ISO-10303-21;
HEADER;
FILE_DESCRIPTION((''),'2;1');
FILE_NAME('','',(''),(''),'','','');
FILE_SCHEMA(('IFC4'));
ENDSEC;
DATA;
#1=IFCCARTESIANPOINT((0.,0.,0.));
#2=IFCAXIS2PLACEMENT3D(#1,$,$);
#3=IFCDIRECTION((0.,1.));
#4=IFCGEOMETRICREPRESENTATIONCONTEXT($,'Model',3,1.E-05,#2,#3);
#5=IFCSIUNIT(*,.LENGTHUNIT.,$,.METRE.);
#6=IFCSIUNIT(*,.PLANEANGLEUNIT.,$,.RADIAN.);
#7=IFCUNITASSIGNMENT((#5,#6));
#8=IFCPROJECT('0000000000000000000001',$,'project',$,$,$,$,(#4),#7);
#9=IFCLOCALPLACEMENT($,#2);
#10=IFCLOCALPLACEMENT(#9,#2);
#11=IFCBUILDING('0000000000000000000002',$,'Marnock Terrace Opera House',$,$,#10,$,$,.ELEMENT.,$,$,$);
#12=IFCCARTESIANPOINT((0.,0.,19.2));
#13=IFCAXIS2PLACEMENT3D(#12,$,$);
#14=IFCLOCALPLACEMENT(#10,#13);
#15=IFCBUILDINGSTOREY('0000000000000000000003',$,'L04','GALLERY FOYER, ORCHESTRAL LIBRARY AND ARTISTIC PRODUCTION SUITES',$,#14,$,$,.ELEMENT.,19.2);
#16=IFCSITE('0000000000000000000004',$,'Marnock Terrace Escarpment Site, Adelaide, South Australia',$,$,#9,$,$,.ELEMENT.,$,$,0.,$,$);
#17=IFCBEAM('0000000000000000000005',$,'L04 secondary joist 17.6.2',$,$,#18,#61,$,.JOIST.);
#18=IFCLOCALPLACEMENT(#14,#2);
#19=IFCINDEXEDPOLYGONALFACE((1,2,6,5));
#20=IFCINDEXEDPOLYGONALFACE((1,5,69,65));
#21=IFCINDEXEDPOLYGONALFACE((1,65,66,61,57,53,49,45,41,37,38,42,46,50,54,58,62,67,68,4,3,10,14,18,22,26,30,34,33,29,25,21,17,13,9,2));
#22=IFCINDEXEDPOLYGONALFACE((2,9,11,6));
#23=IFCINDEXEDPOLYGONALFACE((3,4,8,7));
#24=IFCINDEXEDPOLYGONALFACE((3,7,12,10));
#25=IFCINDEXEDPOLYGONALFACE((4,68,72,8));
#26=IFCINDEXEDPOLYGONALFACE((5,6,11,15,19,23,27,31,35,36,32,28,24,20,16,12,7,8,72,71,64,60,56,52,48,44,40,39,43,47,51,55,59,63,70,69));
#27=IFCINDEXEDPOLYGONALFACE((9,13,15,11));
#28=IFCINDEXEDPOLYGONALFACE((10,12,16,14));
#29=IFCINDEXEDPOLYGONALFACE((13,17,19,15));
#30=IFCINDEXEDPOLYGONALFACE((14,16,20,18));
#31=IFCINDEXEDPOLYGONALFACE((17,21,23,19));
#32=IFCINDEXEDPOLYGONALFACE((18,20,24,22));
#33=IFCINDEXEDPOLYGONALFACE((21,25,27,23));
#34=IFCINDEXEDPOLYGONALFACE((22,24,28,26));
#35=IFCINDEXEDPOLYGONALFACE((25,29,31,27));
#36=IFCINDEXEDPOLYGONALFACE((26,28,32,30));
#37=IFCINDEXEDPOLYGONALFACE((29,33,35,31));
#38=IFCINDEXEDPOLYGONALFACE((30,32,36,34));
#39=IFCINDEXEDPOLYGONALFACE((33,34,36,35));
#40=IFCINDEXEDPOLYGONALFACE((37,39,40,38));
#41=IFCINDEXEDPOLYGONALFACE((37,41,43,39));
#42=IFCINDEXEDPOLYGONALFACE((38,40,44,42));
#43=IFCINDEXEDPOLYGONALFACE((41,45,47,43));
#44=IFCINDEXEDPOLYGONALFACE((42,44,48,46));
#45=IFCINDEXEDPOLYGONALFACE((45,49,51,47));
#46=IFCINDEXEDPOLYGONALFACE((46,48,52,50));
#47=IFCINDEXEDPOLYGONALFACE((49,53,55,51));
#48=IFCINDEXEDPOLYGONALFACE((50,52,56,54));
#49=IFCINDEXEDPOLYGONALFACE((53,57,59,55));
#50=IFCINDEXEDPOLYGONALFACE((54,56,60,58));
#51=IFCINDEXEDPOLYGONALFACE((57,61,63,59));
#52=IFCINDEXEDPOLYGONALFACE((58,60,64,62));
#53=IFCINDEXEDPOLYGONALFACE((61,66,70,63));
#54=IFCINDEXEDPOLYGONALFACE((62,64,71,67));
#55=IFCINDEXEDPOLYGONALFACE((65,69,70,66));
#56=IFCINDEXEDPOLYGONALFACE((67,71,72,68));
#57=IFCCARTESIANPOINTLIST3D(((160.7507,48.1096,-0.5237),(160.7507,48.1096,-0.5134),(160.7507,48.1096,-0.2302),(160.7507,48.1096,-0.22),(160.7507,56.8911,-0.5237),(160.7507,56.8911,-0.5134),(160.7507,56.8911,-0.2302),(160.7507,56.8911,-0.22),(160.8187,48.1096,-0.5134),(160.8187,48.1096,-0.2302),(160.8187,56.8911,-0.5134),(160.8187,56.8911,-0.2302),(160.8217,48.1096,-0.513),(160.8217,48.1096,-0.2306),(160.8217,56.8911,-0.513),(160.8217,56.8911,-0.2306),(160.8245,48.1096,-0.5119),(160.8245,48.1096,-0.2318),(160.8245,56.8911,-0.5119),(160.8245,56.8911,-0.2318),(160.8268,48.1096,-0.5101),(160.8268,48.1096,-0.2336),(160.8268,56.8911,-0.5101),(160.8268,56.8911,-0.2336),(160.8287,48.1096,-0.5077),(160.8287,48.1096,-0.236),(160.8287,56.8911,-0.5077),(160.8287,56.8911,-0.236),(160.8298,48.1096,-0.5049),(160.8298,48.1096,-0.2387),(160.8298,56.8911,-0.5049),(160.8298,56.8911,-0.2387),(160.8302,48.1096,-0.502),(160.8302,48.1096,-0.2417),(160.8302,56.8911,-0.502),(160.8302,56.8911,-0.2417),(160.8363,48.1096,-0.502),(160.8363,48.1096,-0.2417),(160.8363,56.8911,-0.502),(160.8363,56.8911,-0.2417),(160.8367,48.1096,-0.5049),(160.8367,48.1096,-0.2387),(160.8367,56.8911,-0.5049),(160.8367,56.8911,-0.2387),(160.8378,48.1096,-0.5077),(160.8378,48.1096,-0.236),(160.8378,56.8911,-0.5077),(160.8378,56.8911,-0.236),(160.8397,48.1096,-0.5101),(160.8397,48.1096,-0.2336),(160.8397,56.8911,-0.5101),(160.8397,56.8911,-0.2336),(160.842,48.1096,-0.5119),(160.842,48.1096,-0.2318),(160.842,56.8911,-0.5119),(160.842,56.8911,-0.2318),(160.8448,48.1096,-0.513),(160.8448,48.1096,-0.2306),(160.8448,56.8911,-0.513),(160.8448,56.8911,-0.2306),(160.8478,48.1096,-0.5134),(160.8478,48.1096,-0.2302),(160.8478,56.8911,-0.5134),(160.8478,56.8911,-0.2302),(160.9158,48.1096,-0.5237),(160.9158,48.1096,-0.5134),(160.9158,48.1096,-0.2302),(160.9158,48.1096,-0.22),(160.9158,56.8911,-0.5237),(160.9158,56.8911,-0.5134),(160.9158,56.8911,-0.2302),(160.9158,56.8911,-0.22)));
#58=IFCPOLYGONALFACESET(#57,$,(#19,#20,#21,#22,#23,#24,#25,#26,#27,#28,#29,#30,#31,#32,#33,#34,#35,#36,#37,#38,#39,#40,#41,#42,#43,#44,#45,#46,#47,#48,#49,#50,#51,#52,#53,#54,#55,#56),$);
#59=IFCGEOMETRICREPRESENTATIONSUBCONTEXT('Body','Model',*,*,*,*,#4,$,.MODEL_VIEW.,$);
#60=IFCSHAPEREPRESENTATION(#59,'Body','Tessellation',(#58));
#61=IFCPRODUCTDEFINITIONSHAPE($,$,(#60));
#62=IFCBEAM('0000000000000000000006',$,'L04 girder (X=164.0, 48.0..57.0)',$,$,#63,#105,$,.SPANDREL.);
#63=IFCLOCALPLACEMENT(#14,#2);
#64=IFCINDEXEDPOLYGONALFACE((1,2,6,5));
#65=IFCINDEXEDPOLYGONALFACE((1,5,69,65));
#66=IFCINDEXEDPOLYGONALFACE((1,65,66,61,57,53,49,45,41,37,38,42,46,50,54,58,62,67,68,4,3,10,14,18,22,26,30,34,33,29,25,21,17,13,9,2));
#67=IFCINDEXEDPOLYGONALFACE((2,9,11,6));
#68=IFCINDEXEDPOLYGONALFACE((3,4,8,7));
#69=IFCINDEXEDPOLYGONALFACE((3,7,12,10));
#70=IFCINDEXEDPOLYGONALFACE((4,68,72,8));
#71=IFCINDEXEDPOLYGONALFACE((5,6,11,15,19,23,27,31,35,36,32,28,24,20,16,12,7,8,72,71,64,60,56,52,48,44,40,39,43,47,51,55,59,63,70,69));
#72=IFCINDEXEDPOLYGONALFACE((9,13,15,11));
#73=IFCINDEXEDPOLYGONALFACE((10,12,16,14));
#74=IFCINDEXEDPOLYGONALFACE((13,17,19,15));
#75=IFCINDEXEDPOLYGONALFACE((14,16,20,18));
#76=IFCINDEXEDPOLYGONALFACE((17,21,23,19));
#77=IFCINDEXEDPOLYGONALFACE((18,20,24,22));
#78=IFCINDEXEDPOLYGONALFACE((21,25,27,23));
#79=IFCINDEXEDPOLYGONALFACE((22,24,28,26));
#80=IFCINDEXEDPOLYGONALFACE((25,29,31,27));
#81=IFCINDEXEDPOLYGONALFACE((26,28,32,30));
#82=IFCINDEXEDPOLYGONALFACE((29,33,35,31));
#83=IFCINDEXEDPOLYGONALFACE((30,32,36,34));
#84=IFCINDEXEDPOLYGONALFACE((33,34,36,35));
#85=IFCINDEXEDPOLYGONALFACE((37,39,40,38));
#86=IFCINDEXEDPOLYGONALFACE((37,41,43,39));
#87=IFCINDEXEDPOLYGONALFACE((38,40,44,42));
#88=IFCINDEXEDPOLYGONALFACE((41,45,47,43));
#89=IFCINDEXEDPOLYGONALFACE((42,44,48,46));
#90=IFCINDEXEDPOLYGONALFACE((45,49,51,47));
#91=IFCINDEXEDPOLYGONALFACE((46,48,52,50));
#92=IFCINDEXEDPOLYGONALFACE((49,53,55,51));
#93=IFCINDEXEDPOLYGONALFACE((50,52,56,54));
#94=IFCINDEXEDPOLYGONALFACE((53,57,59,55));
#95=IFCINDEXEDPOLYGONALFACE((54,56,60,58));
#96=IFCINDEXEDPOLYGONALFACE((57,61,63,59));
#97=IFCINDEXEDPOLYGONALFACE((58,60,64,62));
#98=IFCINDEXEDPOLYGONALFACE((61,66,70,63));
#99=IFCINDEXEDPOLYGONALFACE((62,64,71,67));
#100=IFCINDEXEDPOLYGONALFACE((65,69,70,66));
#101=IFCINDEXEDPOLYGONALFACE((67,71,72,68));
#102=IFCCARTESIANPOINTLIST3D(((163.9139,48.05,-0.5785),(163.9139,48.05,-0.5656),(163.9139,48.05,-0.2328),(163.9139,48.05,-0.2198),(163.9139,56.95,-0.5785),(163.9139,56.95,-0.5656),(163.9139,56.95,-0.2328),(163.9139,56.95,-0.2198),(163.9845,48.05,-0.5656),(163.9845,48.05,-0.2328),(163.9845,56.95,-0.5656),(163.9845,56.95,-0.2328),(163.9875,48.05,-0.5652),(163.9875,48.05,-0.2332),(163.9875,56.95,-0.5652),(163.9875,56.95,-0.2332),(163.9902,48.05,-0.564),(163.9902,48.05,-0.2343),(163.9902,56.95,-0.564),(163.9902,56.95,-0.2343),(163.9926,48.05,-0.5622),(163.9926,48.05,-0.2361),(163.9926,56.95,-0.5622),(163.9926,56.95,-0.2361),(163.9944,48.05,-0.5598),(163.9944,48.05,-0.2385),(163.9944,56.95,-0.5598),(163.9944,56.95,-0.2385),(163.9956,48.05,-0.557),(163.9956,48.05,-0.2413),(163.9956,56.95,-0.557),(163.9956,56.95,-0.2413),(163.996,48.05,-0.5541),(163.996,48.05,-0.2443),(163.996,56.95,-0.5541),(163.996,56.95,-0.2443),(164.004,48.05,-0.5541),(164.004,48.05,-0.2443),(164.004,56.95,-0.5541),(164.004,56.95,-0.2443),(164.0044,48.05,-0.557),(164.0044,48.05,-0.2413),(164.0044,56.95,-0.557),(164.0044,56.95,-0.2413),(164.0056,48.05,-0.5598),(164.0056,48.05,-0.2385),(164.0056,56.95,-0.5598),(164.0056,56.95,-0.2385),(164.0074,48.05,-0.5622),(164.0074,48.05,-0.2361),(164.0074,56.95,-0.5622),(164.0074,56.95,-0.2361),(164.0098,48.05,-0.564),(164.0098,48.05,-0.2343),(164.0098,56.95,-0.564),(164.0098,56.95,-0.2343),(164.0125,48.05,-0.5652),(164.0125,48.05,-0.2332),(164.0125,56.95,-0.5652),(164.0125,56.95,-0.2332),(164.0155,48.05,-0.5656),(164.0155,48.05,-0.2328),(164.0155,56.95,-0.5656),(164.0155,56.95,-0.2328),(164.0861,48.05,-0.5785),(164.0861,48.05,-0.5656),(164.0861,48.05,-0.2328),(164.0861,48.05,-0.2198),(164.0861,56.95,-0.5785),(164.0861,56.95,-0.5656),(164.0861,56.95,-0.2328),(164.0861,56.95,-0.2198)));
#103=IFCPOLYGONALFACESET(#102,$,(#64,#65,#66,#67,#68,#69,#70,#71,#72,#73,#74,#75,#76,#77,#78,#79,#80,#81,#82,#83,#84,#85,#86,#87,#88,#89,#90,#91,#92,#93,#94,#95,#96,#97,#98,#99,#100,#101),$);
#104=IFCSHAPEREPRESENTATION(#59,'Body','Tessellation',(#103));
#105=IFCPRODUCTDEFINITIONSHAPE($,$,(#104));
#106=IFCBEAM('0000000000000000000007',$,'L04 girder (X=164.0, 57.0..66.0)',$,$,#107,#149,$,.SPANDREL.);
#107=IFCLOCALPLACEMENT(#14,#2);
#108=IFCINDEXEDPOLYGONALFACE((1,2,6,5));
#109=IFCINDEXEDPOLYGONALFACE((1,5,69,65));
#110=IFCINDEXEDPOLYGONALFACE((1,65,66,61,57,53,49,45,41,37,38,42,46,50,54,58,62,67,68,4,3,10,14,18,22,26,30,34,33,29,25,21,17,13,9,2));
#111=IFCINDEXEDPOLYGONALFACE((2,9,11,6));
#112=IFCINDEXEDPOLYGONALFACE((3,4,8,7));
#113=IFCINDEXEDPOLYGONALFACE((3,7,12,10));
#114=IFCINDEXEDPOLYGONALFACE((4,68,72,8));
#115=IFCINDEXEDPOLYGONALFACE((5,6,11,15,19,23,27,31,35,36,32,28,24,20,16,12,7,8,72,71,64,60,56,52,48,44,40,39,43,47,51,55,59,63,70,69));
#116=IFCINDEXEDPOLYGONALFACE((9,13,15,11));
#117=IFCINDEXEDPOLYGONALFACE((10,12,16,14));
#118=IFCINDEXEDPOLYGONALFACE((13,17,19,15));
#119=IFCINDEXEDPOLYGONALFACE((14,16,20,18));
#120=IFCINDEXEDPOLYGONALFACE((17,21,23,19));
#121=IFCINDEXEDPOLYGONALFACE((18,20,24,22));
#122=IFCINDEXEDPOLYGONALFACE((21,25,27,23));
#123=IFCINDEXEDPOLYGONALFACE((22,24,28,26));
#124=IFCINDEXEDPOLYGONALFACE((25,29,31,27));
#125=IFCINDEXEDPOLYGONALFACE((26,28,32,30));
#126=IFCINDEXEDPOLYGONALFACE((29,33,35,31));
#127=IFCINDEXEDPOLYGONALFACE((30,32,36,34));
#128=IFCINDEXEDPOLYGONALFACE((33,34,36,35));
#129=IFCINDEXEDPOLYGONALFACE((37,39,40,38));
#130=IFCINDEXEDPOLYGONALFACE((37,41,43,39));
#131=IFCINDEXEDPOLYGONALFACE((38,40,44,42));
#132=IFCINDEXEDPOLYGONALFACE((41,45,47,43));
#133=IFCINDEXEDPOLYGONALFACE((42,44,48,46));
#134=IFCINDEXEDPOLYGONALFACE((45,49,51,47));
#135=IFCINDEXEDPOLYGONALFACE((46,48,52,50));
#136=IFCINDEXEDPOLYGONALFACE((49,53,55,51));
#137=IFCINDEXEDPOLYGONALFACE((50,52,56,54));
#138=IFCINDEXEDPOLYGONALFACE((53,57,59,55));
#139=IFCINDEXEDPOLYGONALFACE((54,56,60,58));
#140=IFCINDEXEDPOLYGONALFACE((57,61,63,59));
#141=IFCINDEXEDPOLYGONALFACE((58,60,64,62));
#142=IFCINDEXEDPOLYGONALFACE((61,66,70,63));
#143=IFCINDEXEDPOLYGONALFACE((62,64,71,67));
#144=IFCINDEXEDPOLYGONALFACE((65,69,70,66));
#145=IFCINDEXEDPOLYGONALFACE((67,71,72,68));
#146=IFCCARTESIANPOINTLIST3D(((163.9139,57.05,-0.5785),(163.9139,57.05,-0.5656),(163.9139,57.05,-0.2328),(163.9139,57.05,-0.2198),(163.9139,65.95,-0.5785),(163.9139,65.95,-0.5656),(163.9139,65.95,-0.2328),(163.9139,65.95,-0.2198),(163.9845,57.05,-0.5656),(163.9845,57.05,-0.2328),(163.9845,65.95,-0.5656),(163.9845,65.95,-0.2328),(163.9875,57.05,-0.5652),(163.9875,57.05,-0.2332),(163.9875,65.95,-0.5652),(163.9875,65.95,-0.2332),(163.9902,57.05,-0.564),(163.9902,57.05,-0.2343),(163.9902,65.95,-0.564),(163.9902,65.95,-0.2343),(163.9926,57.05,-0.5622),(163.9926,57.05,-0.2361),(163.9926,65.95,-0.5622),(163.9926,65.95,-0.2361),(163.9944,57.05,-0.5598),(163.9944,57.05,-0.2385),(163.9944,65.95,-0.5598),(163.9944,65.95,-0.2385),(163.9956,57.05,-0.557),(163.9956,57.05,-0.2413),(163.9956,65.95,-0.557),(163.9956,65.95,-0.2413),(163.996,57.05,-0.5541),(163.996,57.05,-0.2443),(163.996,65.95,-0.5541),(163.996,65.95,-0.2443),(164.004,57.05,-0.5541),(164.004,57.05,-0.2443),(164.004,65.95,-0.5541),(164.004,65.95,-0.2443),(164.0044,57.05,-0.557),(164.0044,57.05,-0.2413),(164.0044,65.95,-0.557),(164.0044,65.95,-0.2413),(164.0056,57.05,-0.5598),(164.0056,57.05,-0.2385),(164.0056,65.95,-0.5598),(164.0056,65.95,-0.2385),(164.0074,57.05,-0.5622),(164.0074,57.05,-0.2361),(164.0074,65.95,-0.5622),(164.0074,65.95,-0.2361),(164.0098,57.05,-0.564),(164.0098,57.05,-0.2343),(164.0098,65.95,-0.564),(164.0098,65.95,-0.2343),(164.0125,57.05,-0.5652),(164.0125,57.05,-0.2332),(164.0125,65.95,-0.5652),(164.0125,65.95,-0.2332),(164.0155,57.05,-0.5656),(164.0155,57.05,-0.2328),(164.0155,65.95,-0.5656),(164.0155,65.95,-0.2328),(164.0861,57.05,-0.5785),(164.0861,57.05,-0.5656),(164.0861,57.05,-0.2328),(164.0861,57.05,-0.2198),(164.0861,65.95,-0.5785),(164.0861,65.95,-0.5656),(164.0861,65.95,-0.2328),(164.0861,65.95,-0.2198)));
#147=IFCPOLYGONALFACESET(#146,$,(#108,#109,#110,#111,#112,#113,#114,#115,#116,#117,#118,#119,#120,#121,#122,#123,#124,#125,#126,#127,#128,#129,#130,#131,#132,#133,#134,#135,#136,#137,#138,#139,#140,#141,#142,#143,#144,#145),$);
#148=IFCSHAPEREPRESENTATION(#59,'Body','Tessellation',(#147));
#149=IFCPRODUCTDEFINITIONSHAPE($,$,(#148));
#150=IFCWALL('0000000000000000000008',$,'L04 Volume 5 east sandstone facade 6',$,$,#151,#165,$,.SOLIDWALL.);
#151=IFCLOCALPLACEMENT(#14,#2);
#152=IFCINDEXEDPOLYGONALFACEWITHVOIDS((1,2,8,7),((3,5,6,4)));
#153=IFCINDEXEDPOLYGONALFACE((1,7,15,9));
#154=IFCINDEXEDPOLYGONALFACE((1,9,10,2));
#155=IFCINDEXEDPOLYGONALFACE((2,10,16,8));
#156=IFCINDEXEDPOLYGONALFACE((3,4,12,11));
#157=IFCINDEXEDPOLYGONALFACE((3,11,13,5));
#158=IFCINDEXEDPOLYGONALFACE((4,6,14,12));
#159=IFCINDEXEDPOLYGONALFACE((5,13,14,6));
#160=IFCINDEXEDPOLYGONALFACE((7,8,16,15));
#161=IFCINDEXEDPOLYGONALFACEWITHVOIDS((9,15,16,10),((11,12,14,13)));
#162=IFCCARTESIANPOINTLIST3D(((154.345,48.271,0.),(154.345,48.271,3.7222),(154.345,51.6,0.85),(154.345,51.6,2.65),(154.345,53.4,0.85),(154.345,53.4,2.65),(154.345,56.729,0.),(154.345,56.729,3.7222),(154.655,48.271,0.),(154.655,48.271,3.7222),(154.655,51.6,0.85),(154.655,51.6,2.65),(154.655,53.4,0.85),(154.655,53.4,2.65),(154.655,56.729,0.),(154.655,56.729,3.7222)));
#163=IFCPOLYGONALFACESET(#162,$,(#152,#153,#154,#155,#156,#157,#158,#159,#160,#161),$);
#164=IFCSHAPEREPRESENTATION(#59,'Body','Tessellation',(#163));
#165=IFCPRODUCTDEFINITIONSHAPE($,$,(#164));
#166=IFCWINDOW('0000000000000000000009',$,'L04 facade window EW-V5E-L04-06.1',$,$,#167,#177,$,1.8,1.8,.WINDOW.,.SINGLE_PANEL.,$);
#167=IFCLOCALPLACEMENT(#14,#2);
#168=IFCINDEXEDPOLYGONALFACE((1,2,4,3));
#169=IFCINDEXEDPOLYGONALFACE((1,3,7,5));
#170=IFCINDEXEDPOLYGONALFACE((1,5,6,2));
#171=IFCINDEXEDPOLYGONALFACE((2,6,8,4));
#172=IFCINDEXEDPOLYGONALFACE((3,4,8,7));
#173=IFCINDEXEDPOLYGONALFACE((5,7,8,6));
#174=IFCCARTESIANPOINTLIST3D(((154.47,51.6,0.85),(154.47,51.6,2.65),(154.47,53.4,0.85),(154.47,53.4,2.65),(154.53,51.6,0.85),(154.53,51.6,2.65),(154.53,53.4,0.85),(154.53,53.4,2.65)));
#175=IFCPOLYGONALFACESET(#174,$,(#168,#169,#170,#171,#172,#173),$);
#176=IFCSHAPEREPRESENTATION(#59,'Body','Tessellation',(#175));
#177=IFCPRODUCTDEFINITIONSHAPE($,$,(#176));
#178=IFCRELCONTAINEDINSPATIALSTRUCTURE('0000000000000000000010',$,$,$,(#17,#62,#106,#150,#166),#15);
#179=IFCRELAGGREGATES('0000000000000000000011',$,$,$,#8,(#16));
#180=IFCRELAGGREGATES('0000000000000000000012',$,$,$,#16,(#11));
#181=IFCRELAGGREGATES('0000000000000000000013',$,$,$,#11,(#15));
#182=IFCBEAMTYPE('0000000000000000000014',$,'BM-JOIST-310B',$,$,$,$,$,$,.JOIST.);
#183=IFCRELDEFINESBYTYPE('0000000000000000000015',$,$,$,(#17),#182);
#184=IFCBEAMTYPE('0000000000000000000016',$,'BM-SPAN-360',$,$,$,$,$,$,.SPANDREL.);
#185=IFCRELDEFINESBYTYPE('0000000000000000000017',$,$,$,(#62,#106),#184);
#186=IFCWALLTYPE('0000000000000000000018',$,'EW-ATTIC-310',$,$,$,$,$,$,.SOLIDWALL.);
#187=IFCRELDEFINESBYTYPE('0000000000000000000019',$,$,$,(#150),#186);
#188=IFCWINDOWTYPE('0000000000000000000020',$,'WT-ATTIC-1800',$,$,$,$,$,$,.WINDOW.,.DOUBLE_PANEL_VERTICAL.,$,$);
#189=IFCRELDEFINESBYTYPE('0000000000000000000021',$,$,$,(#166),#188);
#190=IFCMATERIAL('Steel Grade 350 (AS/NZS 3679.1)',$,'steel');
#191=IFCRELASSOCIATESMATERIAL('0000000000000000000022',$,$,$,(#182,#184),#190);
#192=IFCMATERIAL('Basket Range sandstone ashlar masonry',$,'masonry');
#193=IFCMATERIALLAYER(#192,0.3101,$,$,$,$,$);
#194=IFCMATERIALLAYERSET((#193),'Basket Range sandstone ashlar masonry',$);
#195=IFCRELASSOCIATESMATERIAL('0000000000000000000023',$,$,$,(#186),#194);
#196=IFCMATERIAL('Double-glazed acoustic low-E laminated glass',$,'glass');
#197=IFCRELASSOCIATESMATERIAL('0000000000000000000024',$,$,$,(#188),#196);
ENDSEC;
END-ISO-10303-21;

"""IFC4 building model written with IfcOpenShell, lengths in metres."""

from ifc_helpers import new_model, si_unit, direction, frame, frame_2d, origin, origin_2d, place, context, subcontext, project, spatial, rectangle, i_section, extrude, material, layer, layer_set, material_profile, profile_set, type_object, element, fill, save


model = new_model("IFC4")

# Units and contexts
model_context = context("Model", 3, precision=1e-05, world=origin(), true_north=direction((0.0, 1.0)))
body_context = subcontext(model_context, "Body", "Model", "MODEL_VIEW")
ifc_project = project(units=[si_unit("LENGTHUNIT", "METRE"), si_unit("PLANEANGLEUNIT", "RADIAN")], contexts=[model_context])

# Site, building, storey
site_placement = place(None, origin())
site = spatial("IfcSite", under=ifc_project, at=site_placement, Name="Marnock Terrace Escarpment Site, Adelaide, South Australia", CompositionType="ELEMENT", RefElevation=0.0)
building_placement = place(site_placement, origin())
building = spatial("IfcBuilding", under=site, at=building_placement, Name="Marnock Terrace Opera House", CompositionType="ELEMENT")
storey_placement = place(building_placement, frame((0.0, 0.0, 19.2)))
storey = spatial("IfcBuildingStorey", under=building, at=storey_placement, Name="L04", Description="GALLERY FOYER, ORCHESTRAL LIBRARY AND ARTISTIC PRODUCTION SUITES", CompositionType="ELEMENT", Elevation=19.2)

# Beams
ifc_material_1 = material(Name="Steel Grade 350 (AS/NZS 3679.1)", Category="steel")
ifc_material_profile_1 = material_profile(ifc_material_1, i_section(OverallWidth=0.165, OverallDepth=0.3037, WebThickness=0.0061, FlangeThickness=0.0103, FilletRadius=0.0115, at=origin_2d()))
ifc_profile_set_1 = profile_set([ifc_material_profile_1], Name="Steel Grade 350 (AS/NZS 3679.1)")
beam_type_1 = type_object("IfcBeamType", Name="BM-JOIST-310B", PredefinedType="JOIST", material=ifc_profile_set_1)
for number, where, z_axis, x_axis, name in (
    (1, (160.8333, 48.1096, -0.3718), (0.0, 1.0, 0.0), (-1.0, 0.0, 0.0), "L04 secondary joist 17.6.2"),
):
    element("IfcBeam", number, at=place(storey_placement, frame(where, z_axis=z_axis, x_axis=x_axis)), inside=storey, type_object=beam_type_1, Name=name, PredefinedType="JOIST", context=body_context, shape_type="SweptSolid", body=[
        extrude(i_section(OverallWidth=0.165, OverallDepth=0.3037, WebThickness=0.0061, FlangeThickness=0.0103, FilletRadius=0.0115, at=origin_2d()), origin(), (0.0, 0.0, 1.0), 8.7815),
    ])
ifc_material_profile_2 = material_profile(ifc_material_1, i_section(OverallWidth=0.1721, OverallDepth=0.3586, WebThickness=0.0081, FlangeThickness=0.0129, FilletRadius=0.0115, at=origin_2d()))
ifc_profile_set_2 = profile_set([ifc_material_profile_2], Name="Steel Grade 350 (AS/NZS 3679.1)")
beam_type_2 = type_object("IfcBeamType", Name="BM-SPAN-360", PredefinedType="SPANDREL", material=ifc_profile_set_2)
for number, where, z_axis, x_axis, name in (
    (2, (164.0, 48.05, -0.3992), (0.0, 1.0, 0.0), (-1.0, 0.0, 0.0), "L04 girder (X=164.0, 48.0..57.0)"),
    (3, (164.0, 57.05, -0.3992), (0.0, 1.0, 0.0), (-1.0, 0.0, 0.0), "L04 girder (X=164.0, 57.0..66.0)"),
):
    element("IfcBeam", number, at=place(storey_placement, frame(where, z_axis=z_axis, x_axis=x_axis)), inside=storey, type_object=beam_type_2, Name=name, PredefinedType="SPANDREL", context=body_context, shape_type="SweptSolid", body=[
        extrude(i_section(OverallWidth=0.1721, OverallDepth=0.3586, WebThickness=0.0081, FlangeThickness=0.0129, FilletRadius=0.0115, at=origin_2d()), origin(), (0.0, 0.0, 1.0), 8.8999),
    ])

# Wall, opening, window
ifc_material_2 = material(Name="Basket Range sandstone ashlar masonry", Category="masonry")
ifc_layer = layer(ifc_material_2, 0.3101)
ifc_layer_set = layer_set([ifc_layer], Name="Basket Range sandstone ashlar masonry")
wall_type = type_object("IfcWallType", Name="EW-ATTIC-310", PredefinedType="SOLIDWALL", material=ifc_layer_set)
wall_1_placement = place(storey_placement, frame((154.5, 48.271, 0.0), z_axis=(0.0, 0.0, 1.0), x_axis=(0.0, 1.0, 0.0)))
wall_1 = element("IfcWall", 4, at=wall_1_placement, inside=storey, type_object=wall_type, Name="L04 Volume 5 east sandstone facade 6", PredefinedType="SOLIDWALL", context=body_context, shape_type="SweptSolid", body=[
    extrude(rectangle(XDim=8.458, YDim=0.3101, at=frame_2d((4.229, 0.0))), origin(), (0.0, 0.0, 1.0), 3.7222),
])
opening_1_placement = place(wall_1_placement, frame((3.3291, 0.0, 0.8501)))
opening_1 = element("IfcOpeningElement", 5, at=opening_1_placement, cuts=wall_1, PredefinedType="OPENING", context=body_context, shape_type="SweptSolid", body=[
    extrude(rectangle(XDim=1.8, YDim=1.8, at=frame_2d((0.8999, 0.8999))), frame((0.0, 0.165, 0.0), z_axis=(0.0, -1.0, 0.0), x_axis=(1.0, 0.0, 0.0)), (0.0, 0.0, 1.0), 0.3301),
])
ifc_material_3 = material(Name="Double-glazed acoustic low-E laminated glass", Category="glass")
window_type = type_object("IfcWindowType", Name="WT-ATTIC-1800", PartitioningType="DOUBLE_PANEL_VERTICAL", PredefinedType="WINDOW", material=ifc_material_3)
window_1_placement = place(opening_1_placement, origin())
window_1 = element("IfcWindow", 6, at=window_1_placement, inside=storey, type_object=window_type, Name="L04 facade window EW-V5E-L04-06.1", OverallHeight=1.8, OverallWidth=1.8, PartitioningType="SINGLE_PANEL", PredefinedType="WINDOW", context=body_context, shape_type="SweptSolid", body=[
    extrude(rectangle(XDim=1.8, YDim=1.8, at=frame_2d((0.8999, 0.8999))), frame((0.0, 0.03, 0.0), z_axis=(0.0, -1.0, 0.0), x_axis=(1.0, 0.0, 0.0)), (0.0, 0.0, 1.0), 0.0601),
])
fill(opening_1, window_1)

save(model, "model.ifc")
